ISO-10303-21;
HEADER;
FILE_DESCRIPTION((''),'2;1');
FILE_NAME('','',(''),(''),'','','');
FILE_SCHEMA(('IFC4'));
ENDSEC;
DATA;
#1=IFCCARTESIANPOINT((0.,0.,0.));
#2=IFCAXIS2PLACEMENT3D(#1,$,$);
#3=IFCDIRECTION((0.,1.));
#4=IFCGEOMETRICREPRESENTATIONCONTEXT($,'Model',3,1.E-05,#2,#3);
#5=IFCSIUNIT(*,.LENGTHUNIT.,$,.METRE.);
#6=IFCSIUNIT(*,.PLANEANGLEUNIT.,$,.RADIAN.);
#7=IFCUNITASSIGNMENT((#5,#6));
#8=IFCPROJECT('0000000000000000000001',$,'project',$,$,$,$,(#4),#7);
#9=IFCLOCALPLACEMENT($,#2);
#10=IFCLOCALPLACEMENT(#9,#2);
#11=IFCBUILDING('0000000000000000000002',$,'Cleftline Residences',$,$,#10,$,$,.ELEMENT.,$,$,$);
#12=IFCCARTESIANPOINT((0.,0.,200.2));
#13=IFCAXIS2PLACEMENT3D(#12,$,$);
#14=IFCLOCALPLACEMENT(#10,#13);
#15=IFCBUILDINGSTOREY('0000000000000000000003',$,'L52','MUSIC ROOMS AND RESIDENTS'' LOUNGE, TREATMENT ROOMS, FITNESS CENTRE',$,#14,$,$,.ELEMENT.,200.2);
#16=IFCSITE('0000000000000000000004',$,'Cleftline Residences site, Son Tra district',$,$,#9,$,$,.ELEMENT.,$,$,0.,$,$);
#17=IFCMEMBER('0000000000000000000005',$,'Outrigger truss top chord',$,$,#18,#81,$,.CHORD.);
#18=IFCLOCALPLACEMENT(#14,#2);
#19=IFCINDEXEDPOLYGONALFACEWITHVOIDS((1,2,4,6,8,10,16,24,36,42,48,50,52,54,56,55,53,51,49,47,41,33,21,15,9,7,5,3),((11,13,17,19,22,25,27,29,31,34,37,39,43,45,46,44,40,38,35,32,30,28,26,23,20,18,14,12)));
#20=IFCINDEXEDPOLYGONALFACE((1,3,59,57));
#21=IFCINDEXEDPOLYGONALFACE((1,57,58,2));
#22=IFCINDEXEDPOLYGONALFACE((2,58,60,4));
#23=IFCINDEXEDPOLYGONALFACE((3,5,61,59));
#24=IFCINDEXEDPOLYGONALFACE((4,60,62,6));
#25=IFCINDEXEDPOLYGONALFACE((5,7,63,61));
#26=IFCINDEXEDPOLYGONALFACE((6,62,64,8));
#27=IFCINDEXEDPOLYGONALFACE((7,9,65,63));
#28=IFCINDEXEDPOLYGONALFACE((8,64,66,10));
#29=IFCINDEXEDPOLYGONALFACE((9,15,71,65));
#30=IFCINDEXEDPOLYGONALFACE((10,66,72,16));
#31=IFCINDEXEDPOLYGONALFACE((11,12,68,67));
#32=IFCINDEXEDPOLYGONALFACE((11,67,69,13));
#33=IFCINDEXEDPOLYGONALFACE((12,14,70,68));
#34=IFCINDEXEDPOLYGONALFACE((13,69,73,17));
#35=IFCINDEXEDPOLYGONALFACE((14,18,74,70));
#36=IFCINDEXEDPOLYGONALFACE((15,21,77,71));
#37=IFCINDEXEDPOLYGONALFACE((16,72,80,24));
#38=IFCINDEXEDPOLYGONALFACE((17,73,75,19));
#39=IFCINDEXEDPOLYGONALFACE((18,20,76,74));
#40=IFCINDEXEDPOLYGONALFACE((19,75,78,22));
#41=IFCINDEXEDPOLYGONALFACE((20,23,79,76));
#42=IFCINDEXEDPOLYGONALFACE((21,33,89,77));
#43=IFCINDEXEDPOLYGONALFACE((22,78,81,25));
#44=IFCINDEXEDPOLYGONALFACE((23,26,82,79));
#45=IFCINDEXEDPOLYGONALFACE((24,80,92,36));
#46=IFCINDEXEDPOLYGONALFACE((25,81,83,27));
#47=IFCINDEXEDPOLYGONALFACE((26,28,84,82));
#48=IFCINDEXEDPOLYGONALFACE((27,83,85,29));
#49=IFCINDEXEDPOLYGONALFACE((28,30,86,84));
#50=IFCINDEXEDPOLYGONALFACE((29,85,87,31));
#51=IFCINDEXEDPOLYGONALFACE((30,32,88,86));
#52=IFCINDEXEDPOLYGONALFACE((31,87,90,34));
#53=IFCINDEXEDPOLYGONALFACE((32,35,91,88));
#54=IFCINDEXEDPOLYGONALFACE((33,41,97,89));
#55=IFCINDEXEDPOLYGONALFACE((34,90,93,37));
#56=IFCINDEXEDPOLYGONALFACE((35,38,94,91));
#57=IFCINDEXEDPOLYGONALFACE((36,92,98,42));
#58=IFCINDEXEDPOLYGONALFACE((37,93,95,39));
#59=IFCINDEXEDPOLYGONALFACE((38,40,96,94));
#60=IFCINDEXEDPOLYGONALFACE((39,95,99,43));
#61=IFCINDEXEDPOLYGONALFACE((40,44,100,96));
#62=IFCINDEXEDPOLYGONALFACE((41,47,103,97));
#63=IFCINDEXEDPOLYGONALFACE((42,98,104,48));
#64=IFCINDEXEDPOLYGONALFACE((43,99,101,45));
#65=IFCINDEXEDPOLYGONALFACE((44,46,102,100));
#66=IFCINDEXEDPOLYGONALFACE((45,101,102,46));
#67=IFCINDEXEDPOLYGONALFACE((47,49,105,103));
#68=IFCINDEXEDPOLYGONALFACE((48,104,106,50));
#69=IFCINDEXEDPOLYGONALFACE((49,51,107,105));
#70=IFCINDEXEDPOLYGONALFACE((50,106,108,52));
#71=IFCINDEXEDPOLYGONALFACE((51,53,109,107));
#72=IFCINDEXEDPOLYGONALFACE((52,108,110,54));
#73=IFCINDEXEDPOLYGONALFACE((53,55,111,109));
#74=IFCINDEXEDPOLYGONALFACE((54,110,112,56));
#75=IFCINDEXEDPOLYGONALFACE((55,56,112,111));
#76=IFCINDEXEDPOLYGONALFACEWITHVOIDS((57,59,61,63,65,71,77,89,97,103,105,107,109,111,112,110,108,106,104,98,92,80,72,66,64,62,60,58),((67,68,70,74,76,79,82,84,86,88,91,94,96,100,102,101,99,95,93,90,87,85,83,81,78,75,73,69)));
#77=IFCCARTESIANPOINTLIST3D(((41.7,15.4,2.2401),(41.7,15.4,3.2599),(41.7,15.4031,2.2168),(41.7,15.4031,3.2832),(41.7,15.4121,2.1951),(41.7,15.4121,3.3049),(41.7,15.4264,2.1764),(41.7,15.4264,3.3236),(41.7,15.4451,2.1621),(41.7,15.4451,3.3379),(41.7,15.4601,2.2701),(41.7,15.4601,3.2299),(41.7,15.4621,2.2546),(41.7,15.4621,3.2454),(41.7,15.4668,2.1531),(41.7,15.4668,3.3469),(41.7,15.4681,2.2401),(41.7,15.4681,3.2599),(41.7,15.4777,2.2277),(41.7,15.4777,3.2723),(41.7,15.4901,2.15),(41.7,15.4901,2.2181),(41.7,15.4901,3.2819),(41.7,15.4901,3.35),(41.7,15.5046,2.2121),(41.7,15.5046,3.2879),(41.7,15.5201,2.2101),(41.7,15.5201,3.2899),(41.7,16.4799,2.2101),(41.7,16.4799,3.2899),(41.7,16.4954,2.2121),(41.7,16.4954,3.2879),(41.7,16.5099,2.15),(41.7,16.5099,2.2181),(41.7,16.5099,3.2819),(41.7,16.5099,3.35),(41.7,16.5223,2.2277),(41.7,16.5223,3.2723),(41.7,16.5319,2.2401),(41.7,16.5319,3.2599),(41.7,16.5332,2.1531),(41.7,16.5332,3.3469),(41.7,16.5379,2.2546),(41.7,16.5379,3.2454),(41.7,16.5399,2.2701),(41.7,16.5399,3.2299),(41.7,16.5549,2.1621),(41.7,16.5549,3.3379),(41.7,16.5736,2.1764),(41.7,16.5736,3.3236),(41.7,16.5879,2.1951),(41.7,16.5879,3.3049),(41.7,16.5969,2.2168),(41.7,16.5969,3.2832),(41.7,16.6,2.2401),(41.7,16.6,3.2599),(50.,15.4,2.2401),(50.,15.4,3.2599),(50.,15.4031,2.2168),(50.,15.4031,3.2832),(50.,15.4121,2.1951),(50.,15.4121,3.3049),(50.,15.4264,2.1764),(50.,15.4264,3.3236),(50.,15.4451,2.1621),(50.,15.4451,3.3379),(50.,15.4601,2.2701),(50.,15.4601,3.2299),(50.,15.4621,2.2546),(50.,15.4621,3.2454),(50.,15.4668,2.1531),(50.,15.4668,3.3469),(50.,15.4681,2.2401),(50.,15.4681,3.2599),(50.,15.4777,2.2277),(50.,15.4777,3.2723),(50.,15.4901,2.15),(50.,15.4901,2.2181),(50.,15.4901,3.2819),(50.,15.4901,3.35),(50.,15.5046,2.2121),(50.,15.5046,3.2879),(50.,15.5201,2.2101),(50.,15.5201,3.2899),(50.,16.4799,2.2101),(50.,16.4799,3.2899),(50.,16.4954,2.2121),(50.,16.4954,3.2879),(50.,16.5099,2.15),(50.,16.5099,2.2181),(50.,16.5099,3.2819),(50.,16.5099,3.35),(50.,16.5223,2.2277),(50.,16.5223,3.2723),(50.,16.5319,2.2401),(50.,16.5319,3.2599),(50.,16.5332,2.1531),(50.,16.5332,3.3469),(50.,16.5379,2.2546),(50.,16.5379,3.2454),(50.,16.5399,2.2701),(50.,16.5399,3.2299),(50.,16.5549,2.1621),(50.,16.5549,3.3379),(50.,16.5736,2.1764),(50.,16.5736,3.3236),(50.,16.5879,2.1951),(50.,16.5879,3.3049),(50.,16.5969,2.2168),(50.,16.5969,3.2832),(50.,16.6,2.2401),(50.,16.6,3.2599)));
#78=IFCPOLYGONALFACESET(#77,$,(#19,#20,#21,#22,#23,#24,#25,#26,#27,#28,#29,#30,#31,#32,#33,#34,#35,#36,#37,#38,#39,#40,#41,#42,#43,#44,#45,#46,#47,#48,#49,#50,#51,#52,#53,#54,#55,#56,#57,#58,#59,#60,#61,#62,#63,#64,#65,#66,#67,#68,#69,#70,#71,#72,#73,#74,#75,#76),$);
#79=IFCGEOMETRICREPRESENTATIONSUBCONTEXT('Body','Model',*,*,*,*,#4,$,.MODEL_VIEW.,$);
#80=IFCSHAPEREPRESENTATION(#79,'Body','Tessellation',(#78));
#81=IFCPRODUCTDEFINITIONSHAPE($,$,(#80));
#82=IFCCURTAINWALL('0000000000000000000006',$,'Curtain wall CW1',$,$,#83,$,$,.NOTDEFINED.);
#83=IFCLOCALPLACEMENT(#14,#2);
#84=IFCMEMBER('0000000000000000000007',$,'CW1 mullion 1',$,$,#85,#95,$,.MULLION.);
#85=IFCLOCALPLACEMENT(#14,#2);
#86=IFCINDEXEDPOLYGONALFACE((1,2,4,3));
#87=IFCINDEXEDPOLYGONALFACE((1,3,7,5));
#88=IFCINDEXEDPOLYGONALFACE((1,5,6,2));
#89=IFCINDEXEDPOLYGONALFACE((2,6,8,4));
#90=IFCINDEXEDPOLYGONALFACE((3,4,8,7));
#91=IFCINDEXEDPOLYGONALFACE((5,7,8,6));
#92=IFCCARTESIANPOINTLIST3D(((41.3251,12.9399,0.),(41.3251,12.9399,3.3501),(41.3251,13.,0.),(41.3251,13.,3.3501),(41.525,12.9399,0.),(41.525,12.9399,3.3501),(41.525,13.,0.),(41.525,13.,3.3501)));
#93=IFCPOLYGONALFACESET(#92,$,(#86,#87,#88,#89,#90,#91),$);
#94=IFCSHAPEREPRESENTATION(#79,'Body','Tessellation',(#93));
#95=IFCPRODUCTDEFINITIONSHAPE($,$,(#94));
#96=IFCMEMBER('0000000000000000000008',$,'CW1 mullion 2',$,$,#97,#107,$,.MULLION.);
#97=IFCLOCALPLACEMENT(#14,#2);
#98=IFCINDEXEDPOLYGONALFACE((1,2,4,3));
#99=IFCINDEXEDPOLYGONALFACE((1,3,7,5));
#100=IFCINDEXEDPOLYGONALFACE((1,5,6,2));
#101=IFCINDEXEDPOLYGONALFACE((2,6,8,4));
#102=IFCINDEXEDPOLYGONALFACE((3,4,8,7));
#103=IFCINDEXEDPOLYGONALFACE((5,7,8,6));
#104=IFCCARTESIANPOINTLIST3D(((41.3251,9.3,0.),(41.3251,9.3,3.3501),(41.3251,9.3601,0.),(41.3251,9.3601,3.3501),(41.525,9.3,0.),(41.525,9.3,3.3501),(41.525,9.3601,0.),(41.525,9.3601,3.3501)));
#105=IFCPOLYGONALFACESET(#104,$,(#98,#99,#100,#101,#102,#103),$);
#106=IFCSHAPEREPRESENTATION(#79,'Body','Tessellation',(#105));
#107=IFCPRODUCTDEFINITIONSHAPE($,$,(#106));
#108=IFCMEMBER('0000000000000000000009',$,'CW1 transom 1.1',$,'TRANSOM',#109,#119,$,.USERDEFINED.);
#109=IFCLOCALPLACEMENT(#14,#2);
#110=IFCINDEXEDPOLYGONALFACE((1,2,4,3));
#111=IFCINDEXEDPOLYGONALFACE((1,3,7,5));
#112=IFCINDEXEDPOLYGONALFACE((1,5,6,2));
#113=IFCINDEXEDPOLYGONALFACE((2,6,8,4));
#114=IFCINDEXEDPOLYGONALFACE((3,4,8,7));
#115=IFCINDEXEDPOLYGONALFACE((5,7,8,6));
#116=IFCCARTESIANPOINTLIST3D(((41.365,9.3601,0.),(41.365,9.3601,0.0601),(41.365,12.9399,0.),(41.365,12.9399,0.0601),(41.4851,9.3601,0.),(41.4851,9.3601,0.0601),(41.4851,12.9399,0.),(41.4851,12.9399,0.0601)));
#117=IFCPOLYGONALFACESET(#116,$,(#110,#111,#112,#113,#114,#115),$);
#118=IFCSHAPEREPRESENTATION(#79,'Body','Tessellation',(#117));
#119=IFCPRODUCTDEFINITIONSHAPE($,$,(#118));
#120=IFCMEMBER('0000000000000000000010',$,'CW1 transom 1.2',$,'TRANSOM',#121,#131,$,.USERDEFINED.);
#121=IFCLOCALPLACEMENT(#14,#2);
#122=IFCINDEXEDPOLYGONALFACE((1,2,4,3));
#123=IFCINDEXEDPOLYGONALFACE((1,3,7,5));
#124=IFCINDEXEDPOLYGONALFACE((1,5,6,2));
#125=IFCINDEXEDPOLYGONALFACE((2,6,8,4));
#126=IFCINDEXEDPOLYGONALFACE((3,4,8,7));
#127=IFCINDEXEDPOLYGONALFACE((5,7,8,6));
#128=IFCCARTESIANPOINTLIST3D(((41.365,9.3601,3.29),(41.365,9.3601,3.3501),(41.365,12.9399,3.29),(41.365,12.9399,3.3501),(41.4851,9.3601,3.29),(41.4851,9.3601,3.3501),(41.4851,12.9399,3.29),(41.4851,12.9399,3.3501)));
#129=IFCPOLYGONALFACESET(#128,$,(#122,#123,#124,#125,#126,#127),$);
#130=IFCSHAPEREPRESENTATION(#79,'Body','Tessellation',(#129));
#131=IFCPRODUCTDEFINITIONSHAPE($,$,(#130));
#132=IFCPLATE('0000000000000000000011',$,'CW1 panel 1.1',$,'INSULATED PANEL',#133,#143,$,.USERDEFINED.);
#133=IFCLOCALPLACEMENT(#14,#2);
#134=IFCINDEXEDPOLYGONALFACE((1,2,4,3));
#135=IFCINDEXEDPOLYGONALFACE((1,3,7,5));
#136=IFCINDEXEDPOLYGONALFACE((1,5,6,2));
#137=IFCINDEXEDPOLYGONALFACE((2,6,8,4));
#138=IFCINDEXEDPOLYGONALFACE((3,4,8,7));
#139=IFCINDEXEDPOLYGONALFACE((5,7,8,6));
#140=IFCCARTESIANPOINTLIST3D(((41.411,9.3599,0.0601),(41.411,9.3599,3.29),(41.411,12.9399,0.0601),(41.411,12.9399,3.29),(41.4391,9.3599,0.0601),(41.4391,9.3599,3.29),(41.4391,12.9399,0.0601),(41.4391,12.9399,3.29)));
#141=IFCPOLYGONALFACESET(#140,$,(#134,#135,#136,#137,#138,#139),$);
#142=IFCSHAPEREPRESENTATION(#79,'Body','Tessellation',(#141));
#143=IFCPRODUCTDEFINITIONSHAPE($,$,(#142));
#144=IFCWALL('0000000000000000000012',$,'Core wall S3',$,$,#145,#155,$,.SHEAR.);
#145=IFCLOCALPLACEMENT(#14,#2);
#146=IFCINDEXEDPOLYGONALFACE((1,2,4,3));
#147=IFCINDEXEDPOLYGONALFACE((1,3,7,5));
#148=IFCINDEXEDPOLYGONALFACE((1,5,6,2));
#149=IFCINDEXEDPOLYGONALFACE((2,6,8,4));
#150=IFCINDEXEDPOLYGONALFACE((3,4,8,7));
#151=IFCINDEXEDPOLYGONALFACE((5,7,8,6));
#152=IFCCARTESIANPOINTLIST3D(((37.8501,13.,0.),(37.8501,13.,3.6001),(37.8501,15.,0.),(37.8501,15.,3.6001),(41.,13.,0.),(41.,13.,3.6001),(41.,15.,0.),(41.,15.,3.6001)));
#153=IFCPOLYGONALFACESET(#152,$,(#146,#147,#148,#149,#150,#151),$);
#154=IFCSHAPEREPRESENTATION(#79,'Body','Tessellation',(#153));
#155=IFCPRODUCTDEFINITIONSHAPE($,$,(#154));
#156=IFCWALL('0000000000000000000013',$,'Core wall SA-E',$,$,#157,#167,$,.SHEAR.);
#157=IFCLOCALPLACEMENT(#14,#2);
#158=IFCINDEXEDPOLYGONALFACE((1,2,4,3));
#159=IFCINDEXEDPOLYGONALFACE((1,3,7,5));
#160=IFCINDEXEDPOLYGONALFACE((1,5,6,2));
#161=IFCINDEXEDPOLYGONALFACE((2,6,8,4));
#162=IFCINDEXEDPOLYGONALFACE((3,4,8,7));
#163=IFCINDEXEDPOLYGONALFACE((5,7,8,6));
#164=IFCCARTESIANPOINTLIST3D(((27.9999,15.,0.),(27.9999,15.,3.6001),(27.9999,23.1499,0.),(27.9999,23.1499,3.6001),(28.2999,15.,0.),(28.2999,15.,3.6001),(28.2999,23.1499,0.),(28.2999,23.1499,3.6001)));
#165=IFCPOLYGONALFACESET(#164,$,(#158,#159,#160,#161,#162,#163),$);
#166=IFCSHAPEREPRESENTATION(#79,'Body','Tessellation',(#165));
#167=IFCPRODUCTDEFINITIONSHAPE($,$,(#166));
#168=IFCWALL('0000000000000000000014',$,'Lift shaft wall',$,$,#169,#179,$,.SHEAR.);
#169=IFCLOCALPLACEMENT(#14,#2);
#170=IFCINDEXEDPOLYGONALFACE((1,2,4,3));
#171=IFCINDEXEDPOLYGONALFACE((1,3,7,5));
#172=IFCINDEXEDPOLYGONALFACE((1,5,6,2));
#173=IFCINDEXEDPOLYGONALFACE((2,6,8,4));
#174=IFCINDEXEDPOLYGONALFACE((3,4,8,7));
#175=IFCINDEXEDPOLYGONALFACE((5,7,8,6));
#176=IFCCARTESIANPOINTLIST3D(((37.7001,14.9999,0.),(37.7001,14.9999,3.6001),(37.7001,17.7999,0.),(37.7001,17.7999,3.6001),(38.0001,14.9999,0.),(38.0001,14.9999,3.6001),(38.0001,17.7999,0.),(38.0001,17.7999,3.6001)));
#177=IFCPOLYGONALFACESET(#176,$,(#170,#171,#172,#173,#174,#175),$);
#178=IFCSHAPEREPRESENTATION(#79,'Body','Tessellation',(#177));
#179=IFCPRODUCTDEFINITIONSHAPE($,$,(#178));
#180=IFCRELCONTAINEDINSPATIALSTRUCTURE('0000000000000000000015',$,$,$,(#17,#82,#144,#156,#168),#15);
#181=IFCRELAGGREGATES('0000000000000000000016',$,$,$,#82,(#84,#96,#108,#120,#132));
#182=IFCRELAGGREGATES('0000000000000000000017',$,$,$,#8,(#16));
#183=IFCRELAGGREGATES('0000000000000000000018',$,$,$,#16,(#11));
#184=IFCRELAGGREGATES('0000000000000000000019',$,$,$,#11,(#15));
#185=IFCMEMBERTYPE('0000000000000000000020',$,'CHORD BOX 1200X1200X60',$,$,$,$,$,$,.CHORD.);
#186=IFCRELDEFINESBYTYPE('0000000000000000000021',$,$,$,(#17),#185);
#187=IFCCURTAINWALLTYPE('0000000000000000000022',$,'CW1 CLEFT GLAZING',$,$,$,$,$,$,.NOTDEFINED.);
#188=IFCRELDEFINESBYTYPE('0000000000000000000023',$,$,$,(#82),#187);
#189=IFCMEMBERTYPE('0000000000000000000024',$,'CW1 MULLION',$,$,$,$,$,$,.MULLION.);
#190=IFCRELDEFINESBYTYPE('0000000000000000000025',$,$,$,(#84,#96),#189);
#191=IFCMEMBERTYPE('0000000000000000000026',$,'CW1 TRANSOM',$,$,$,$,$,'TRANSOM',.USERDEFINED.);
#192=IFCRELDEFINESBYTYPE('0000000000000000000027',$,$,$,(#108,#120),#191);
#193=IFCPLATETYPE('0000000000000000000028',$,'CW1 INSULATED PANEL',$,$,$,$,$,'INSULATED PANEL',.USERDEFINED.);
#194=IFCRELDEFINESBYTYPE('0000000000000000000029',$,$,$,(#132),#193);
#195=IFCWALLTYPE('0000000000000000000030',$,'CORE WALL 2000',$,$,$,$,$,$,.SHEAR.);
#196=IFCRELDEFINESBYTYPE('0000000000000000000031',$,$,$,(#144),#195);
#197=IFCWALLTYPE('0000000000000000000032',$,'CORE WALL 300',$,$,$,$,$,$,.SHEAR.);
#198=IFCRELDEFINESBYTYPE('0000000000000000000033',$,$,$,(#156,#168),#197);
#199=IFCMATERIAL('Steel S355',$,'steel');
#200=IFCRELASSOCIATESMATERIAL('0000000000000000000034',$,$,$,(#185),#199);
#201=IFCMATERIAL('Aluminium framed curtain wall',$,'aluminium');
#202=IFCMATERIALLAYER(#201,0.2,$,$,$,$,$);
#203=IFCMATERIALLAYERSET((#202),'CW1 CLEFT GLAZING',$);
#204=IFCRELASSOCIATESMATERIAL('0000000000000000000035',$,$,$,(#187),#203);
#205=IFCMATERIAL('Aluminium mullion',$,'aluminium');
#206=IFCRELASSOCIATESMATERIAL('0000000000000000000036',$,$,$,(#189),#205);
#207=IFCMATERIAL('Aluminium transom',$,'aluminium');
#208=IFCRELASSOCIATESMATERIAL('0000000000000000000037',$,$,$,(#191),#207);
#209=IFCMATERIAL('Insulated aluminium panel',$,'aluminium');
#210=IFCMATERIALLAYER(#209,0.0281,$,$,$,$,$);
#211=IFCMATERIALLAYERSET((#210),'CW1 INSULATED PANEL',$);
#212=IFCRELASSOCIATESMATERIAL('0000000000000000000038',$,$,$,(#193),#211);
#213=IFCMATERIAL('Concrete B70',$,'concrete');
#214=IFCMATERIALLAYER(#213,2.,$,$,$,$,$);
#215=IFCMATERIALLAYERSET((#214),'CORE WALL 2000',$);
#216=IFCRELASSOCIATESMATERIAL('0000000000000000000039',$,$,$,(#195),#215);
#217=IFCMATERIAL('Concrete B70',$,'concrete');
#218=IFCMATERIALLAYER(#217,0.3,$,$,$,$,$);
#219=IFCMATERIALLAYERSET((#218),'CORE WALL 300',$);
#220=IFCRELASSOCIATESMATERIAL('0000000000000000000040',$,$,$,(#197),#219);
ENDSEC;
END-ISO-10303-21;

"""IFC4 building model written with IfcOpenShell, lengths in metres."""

from ifc_helpers import new_model, si_unit, direction, frame, frame_2d, origin, origin_2d, place, context, subcontext, project, spatial, rectangle, hollow_rectangle, extrude, material, layer, layer_set, material_profile, profile_set, type_object, element, aggregate, save


model = new_model("IFC4")

# Units and contexts
model_context = context("Model", 3, precision=1e-05, world=origin(), true_north=direction((0.0, 1.0)))
body_context = subcontext(model_context, "Body", "Model", "MODEL_VIEW")
ifc_project = project(units=[si_unit("LENGTHUNIT", "METRE"), si_unit("PLANEANGLEUNIT", "RADIAN")], contexts=[model_context])

# Site, building, storey
site_placement = place(None, origin())
site = spatial("IfcSite", under=ifc_project, at=site_placement, Name="Cleftline Residences site, Son Tra district", CompositionType="ELEMENT", RefElevation=0.0)
building_placement = place(site_placement, origin())
building = spatial("IfcBuilding", under=site, at=building_placement, Name="Cleftline Residences", CompositionType="ELEMENT")
storey_placement = place(building_placement, frame((0.0, 0.0, 200.2)))
storey = spatial("IfcBuildingStorey", under=building, at=storey_placement, Name="L52", Description="MUSIC ROOMS AND RESIDENTS' LOUNGE, TREATMENT ROOMS, FITNESS CENTRE", CompositionType="ELEMENT", Elevation=200.2)

# Member
ifc_material_1 = material(Name="Steel S355", Category="steel")
ifc_material_profile_1 = material_profile(ifc_material_1, hollow_rectangle(XDim=1.2, YDim=1.2, WallThickness=0.0601, InnerFilletRadius=0.0601, OuterFilletRadius=0.0901, at=origin_2d()))
ifc_profile_set_1 = profile_set([ifc_material_profile_1], Name="Steel S355")
member_type_1 = type_object("IfcMemberType", Name="CHORD BOX 1200X1200X60", PredefinedType="CHORD", material=ifc_profile_set_1)
for number, where, z_axis, x_axis, name in (
    (1, (41.7, 16.0, 2.75), (1.0, 0.0, 0.0), (0.0, 1.0, 0.0), "Outrigger truss top chord"),
):
    element("IfcMember", number, at=place(storey_placement, frame(where, z_axis=z_axis, x_axis=x_axis)), inside=storey, type_object=member_type_1, Name=name, PredefinedType="CHORD", context=body_context, shape_type="SweptSolid", body=[
        extrude(hollow_rectangle(XDim=1.2, YDim=1.2, WallThickness=0.0601, InnerFilletRadius=0.0601, OuterFilletRadius=0.0901, at=origin_2d()), origin(), (0.0, 0.0, 1.0), 8.3),
    ])

# Curtain wall, members, plate
ifc_material_2 = material(Name="Aluminium framed curtain wall", Category="aluminium")
ifc_layer_1 = layer(ifc_material_2, 0.2)
ifc_layer_set_1 = layer_set([ifc_layer_1], Name="CW1 CLEFT GLAZING")
curtain_wall_type = type_object("IfcCurtainWallType", Name="CW1 CLEFT GLAZING", PredefinedType="NOTDEFINED", material=ifc_layer_set_1)
curtain_wall_placement = place(storey_placement, origin())
curtain_wall = element("IfcCurtainWall", 2, at=curtain_wall_placement, inside=storey, type_object=curtain_wall_type, Name="Curtain wall CW1", PredefinedType="NOTDEFINED")
ifc_material_3 = material(Name="Aluminium mullion", Category="aluminium")
ifc_material_profile_2 = material_profile(ifc_material_3, rectangle(XDim=0.2, YDim=0.0601, at=origin_2d()))
ifc_profile_set_2 = profile_set([ifc_material_profile_2], Name="Aluminium mullion")
member_type_2 = type_object("IfcMemberType", Name="CW1 MULLION", PredefinedType="MULLION", material=ifc_profile_set_2)
member_1_placement = place(storey_placement, frame((41.425, 12.97, 0.0), z_axis=(0.0, 0.0, 1.0), x_axis=(1.0, 0.0, 0.0)))
member_1 = element("IfcMember", 3, at=member_1_placement, type_object=member_type_2, Name="CW1 mullion 1", PredefinedType="MULLION", context=body_context, shape_type="SweptSolid", body=[
    extrude(rectangle(XDim=0.2, YDim=0.0601, at=origin_2d()), origin(), (0.0, 0.0, 1.0), 3.3501),
])
member_2_placement = place(storey_placement, frame((41.425, 9.3301, 0.0), z_axis=(0.0, 0.0, 1.0), x_axis=(1.0, 0.0, 0.0)))
member_2 = element("IfcMember", 4, at=member_2_placement, type_object=member_type_2, Name="CW1 mullion 2", PredefinedType="MULLION", context=body_context, shape_type="SweptSolid", body=[
    extrude(rectangle(XDim=0.2, YDim=0.0601, at=origin_2d()), origin(), (0.0, 0.0, 1.0), 3.3501),
])
ifc_material_4 = material(Name="Aluminium transom", Category="aluminium")
ifc_material_profile_3 = material_profile(ifc_material_4, rectangle(XDim=0.1201, YDim=0.0601, at=origin_2d()))
ifc_profile_set_3 = profile_set([ifc_material_profile_3], Name="Aluminium transom")
member_type_3 = type_object("IfcMemberType", Name="CW1 TRANSOM", ElementType="TRANSOM", PredefinedType="USERDEFINED", material=ifc_profile_set_3)
member_3_placement = place(storey_placement, frame((41.425, 12.9399, 0.03), z_axis=(0.0, -1.0, 0.0), x_axis=(1.0, 0.0, 0.0)))
member_3 = element("IfcMember", 5, at=member_3_placement, type_object=member_type_3, Name="CW1 transom 1.1", ObjectType="TRANSOM", PredefinedType="USERDEFINED", context=body_context, shape_type="SweptSolid", body=[
    extrude(rectangle(XDim=0.1201, YDim=0.0601, at=origin_2d()), origin(), (0.0, 0.0, 1.0), 3.5798),
])
member_4_placement = place(storey_placement, frame((41.425, 12.9399, 3.3201), z_axis=(0.0, -1.0, 0.0), x_axis=(1.0, 0.0, 0.0)))
member_4 = element("IfcMember", 6, at=member_4_placement, type_object=member_type_3, Name="CW1 transom 1.2", ObjectType="TRANSOM", PredefinedType="USERDEFINED", context=body_context, shape_type="SweptSolid", body=[
    extrude(rectangle(XDim=0.1201, YDim=0.0601, at=origin_2d()), origin(), (0.0, 0.0, 1.0), 3.5798),
])
ifc_material_5 = material(Name="Insulated aluminium panel", Category="aluminium")
ifc_layer_2 = layer(ifc_material_5, 0.0281)
ifc_layer_set_2 = layer_set([ifc_layer_2], Name="CW1 INSULATED PANEL")
plate_type = type_object("IfcPlateType", Name="CW1 INSULATED PANEL", ElementType="INSULATED PANEL", PredefinedType="USERDEFINED", material=ifc_layer_set_2)
plate_placement = place(storey_placement, frame((41.425, 11.1499, 0.0601), z_axis=(0.0, 0.0, 1.0), x_axis=(0.0, -1.0, 0.0)))
plate = element("IfcPlate", 7, at=plate_placement, type_object=plate_type, Name="CW1 panel 1.1", ObjectType="INSULATED PANEL", PredefinedType="USERDEFINED", context=body_context, shape_type="SweptSolid", body=[
    extrude(rectangle(XDim=3.5801, YDim=0.0281, at=origin_2d()), origin(), (0.0, 0.0, 1.0), 3.23),
])
aggregate(curtain_wall, [member_1, member_2, member_3, member_4, plate])

# Walls
ifc_material_6 = material(Name="Concrete B70", Category="concrete")
ifc_layer_3 = layer(ifc_material_6, 2.0)
ifc_layer_set_3 = layer_set([ifc_layer_3], Name="CORE WALL 2000")
wall_type_1 = type_object("IfcWallType", Name="CORE WALL 2000", PredefinedType="SHEAR", material=ifc_layer_set_3)
wall_1_placement = place(storey_placement, frame((37.8501, 14.0, 0.0), z_axis=(0.0, 0.0, 1.0), x_axis=(1.0, 0.0, 0.0)))
element("IfcWall", 8, at=wall_1_placement, inside=storey, type_object=wall_type_1, Name="Core wall S3", PredefinedType="SHEAR", context=body_context, shape_type="SweptSolid", body=[
    extrude(rectangle(XDim=3.1499, YDim=2.0, at=frame_2d((1.575, 0.0))), origin(), (0.0, 0.0, 1.0), 3.6001),
])
ifc_material_7 = material(Name="Concrete B70", Category="concrete")
ifc_layer_4 = layer(ifc_material_7, 0.3)
ifc_layer_set_4 = layer_set([ifc_layer_4], Name="CORE WALL 300")
wall_type_2 = type_object("IfcWallType", Name="CORE WALL 300", PredefinedType="SHEAR", material=ifc_layer_set_4)
wall_2_placement = place(storey_placement, frame((28.1499, 15.0, 0.0), z_axis=(0.0, 0.0, 1.0), x_axis=(0.0, 1.0, 0.0)))
element("IfcWall", 9, at=wall_2_placement, inside=storey, type_object=wall_type_2, Name="Core wall SA-E", PredefinedType="SHEAR", context=body_context, shape_type="SweptSolid", body=[
    extrude(rectangle(XDim=8.1499, YDim=0.3, at=frame_2d((4.075, 0.0))), origin(), (0.0, 0.0, 1.0), 3.6001),
])
wall_3_placement = place(storey_placement, frame((37.8501, 15.0, 0.0), z_axis=(0.0, 0.0, 1.0), x_axis=(0.0, 1.0, 0.0)))
element("IfcWall", 10, at=wall_3_placement, inside=storey, type_object=wall_type_2, Name="Lift shaft wall", PredefinedType="SHEAR", context=body_context, shape_type="SweptSolid", body=[
    extrude(rectangle(XDim=2.8, YDim=0.3, at=frame_2d((1.3999, 0.0))), origin(), (0.0, 0.0, 1.0), 3.6001),
])

save(model, "model.ifc")
